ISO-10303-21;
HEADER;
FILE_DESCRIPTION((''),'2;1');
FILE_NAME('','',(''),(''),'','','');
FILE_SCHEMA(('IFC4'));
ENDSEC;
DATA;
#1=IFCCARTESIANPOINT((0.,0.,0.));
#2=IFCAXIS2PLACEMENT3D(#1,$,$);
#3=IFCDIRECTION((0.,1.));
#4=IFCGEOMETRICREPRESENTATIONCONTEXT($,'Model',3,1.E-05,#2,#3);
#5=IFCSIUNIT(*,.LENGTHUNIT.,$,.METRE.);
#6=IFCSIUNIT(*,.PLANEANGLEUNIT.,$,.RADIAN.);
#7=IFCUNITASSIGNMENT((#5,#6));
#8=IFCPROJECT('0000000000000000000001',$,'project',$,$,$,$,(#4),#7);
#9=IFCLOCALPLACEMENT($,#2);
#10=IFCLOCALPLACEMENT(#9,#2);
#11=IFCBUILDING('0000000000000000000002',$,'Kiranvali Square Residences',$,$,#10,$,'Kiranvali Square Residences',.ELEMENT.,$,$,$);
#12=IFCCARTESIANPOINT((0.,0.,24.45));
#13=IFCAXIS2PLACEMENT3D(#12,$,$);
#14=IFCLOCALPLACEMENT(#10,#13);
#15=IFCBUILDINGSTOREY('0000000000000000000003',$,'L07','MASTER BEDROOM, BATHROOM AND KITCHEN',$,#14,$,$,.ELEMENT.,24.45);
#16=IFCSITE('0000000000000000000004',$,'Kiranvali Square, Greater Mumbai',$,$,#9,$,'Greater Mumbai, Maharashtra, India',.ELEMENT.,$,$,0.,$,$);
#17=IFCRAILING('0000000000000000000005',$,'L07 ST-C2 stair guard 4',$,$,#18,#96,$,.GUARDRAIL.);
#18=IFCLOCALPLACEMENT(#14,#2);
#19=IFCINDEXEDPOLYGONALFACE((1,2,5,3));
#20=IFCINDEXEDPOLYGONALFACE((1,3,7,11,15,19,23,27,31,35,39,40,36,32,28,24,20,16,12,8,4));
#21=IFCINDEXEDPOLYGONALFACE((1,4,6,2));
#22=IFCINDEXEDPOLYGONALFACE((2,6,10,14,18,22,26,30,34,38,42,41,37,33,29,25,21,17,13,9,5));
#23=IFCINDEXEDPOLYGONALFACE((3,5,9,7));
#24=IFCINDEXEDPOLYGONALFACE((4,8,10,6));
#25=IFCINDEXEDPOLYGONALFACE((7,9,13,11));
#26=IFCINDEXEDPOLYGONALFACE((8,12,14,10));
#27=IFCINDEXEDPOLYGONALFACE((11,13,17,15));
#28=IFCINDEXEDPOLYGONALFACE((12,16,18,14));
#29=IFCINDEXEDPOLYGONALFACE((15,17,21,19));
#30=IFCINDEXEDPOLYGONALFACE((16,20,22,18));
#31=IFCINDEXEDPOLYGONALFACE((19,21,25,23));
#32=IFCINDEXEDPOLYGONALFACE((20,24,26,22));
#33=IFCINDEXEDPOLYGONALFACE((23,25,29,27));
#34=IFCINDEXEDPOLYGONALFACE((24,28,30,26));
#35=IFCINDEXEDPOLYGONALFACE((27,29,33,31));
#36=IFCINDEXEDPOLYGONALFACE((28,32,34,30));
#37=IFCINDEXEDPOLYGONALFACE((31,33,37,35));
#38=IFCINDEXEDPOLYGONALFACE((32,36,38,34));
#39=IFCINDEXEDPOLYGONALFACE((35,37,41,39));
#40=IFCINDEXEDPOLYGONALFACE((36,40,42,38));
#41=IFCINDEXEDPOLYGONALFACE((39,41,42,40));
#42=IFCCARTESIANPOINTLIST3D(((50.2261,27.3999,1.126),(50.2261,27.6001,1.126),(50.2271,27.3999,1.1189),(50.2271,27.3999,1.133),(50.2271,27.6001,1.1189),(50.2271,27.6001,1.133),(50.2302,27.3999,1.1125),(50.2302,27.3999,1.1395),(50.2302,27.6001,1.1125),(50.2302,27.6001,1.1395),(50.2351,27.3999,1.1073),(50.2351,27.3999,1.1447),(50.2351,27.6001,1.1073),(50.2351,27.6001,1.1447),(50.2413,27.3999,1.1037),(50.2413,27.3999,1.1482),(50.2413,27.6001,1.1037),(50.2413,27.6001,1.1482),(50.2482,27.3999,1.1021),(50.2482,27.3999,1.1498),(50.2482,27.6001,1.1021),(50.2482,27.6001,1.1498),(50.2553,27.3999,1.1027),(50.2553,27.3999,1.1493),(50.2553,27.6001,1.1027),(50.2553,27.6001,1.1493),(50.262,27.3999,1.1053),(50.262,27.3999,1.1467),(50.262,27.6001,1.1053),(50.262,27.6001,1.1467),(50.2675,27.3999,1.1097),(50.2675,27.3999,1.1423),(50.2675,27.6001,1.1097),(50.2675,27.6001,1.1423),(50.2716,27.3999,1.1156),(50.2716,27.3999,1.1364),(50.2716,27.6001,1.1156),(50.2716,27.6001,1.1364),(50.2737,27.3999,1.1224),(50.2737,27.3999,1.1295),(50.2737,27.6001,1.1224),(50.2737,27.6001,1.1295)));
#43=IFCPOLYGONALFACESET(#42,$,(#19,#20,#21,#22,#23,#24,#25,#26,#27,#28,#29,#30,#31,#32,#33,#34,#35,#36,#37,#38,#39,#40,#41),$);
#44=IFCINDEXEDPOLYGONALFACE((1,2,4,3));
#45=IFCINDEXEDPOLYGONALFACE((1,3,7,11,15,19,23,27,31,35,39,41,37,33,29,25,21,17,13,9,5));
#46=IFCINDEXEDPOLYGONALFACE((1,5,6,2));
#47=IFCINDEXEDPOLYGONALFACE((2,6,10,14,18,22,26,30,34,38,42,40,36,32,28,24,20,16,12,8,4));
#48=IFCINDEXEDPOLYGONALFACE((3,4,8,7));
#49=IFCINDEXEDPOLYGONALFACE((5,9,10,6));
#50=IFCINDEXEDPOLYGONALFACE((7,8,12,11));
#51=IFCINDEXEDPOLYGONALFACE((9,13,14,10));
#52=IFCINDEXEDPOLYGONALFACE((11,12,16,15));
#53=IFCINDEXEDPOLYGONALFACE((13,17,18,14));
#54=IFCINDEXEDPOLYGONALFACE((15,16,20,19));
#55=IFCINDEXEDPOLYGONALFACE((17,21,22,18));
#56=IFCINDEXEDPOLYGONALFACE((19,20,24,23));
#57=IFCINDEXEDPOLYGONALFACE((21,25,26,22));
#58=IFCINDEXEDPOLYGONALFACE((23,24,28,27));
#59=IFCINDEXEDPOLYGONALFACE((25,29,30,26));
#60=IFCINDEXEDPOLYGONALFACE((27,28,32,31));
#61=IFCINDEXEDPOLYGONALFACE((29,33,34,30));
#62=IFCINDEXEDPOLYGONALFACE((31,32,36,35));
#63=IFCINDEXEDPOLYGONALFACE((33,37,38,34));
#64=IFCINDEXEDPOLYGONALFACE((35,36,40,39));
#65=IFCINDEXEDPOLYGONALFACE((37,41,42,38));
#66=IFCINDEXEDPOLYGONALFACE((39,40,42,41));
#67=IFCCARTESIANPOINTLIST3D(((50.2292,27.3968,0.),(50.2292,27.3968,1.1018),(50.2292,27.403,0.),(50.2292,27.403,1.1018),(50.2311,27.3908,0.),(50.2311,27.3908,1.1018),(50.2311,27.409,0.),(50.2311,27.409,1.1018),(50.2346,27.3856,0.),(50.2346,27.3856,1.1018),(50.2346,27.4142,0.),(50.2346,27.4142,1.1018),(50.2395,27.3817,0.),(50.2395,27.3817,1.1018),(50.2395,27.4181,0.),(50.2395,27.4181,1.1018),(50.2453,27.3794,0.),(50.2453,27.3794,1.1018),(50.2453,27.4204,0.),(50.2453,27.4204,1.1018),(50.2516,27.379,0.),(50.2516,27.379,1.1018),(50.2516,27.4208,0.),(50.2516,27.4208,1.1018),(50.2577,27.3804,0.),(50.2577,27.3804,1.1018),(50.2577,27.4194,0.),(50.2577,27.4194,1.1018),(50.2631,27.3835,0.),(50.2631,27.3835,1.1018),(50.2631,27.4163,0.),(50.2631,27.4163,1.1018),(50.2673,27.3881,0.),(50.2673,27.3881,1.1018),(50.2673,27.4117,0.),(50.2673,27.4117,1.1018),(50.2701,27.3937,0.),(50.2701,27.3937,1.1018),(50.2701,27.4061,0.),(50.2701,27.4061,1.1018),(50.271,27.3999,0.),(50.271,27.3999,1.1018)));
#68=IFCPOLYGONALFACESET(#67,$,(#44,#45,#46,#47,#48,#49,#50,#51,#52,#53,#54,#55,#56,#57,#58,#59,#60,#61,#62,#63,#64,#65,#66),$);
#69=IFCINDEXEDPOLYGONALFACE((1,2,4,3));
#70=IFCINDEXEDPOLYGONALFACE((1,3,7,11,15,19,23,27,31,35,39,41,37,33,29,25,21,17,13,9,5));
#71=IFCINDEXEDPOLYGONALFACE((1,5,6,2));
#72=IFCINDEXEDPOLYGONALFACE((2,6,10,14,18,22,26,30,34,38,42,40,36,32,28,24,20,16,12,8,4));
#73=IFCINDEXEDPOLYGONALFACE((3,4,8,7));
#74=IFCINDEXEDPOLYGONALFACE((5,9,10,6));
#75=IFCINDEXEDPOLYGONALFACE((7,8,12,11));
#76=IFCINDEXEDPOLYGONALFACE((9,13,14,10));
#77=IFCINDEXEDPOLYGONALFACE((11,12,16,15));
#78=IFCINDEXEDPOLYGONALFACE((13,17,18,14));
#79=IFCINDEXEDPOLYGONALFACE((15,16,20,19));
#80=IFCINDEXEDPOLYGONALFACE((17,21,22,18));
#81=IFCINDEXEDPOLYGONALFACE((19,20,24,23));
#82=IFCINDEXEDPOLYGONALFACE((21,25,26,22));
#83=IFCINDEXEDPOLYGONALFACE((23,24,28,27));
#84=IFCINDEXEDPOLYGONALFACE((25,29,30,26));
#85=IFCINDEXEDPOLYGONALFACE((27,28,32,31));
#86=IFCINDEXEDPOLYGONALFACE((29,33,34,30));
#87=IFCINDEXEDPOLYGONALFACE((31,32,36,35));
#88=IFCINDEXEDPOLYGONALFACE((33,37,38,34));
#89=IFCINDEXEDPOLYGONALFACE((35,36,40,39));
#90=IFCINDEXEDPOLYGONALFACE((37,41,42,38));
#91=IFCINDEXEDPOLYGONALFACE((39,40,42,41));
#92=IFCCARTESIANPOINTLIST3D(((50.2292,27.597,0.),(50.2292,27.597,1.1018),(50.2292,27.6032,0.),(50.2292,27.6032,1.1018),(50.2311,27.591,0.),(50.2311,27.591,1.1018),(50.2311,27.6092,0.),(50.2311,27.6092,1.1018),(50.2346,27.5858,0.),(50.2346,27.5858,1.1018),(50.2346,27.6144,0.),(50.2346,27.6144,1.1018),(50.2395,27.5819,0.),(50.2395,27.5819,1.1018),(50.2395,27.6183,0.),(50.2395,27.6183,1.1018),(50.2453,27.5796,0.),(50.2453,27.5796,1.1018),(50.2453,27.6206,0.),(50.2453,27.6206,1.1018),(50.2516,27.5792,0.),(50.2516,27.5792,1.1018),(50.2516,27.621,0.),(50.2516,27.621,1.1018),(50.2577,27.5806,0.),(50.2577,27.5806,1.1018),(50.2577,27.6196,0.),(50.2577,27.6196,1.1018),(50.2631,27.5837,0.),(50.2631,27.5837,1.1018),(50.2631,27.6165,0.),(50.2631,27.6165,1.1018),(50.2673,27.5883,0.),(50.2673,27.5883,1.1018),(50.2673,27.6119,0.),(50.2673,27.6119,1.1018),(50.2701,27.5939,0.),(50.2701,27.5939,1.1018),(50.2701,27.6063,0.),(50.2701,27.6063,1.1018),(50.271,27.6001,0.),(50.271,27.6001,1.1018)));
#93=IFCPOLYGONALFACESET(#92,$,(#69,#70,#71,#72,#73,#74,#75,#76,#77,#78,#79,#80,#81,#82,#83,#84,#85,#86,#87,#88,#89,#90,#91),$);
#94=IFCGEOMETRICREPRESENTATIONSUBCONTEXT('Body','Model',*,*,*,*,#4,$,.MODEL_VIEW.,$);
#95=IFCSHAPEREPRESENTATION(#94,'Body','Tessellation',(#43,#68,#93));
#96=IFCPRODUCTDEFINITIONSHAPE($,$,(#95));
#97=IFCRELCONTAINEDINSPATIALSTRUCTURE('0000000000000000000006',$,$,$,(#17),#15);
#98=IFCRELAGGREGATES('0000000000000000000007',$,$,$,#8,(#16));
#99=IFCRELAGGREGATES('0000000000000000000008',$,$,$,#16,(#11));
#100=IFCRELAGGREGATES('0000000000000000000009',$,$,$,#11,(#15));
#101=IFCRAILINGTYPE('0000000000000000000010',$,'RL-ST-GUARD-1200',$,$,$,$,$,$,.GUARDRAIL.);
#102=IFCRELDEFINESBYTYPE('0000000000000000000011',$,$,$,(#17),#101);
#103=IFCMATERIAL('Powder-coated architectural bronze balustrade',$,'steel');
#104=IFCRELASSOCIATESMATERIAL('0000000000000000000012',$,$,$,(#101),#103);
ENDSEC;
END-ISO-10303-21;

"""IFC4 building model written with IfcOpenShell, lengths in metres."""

from ifc_helpers import new_model, si_unit, direction, frame, origin, origin_2d, place, context, subcontext, project, spatial, circle, extrude, material, type_object, element, save


model = new_model("IFC4")

# Units and contexts
model_context = context("Model", 3, precision=1e-05, world=origin(), true_north=direction((0.0, 1.0)))
body_context = subcontext(model_context, "Body", "Model", "MODEL_VIEW")
ifc_project = project(units=[si_unit("LENGTHUNIT", "METRE"), si_unit("PLANEANGLEUNIT", "RADIAN")], contexts=[model_context])

# Site, building, storey
site_placement = place(None, origin())
site = spatial("IfcSite", under=ifc_project, at=site_placement, Name="Kiranvali Square, Greater Mumbai", LongName="Greater Mumbai, Maharashtra, India", CompositionType="ELEMENT", RefElevation=0.0)
building_placement = place(site_placement, origin())
building = spatial("IfcBuilding", under=site, at=building_placement, Name="Kiranvali Square Residences", LongName="Kiranvali Square Residences", CompositionType="ELEMENT")
storey_placement = place(building_placement, frame((0.0, 0.0, 24.45)))
storey = spatial("IfcBuildingStorey", under=building, at=storey_placement, Name="L07", Description="MASTER BEDROOM, BATHROOM AND KITCHEN", CompositionType="ELEMENT", Elevation=24.45)

# Railing
ifc_material_1 = material(Name="Powder-coated architectural bronze balustrade", Category="steel")
railing_type_1 = type_object("IfcRailingType", Name="RL-ST-GUARD-1200", PredefinedType="GUARDRAIL", material=ifc_material_1)
railing_1_placement = place(storey_placement, frame((50.25, 27.3999, 0.0)))
element("IfcRailing", 1, at=railing_1_placement, inside=storey, type_object=railing_type_1, Name="L07 ST-C2 stair guard 4", PredefinedType="GUARDRAIL", context=body_context, shape_type="SweptSolid", body=[
    extrude(circle(Radius=0.0239, at=origin_2d()), frame((0.0, 0.0, 1.126), z_axis=(0.0, 1.0, 0.0), x_axis=(-1.0, 0.0, 0.0)), (0.0, 0.0, 1.0), 0.2002),
    extrude(circle(Radius=0.021, at=origin_2d()), origin(), (0.0, 0.0, 1.0), 1.1018),
    extrude(circle(Radius=0.021, at=origin_2d()), frame((0.0, 0.2002, 0.0)), (0.0, 0.0, 1.0), 1.1018),
])

save(model, "model.ifc")
